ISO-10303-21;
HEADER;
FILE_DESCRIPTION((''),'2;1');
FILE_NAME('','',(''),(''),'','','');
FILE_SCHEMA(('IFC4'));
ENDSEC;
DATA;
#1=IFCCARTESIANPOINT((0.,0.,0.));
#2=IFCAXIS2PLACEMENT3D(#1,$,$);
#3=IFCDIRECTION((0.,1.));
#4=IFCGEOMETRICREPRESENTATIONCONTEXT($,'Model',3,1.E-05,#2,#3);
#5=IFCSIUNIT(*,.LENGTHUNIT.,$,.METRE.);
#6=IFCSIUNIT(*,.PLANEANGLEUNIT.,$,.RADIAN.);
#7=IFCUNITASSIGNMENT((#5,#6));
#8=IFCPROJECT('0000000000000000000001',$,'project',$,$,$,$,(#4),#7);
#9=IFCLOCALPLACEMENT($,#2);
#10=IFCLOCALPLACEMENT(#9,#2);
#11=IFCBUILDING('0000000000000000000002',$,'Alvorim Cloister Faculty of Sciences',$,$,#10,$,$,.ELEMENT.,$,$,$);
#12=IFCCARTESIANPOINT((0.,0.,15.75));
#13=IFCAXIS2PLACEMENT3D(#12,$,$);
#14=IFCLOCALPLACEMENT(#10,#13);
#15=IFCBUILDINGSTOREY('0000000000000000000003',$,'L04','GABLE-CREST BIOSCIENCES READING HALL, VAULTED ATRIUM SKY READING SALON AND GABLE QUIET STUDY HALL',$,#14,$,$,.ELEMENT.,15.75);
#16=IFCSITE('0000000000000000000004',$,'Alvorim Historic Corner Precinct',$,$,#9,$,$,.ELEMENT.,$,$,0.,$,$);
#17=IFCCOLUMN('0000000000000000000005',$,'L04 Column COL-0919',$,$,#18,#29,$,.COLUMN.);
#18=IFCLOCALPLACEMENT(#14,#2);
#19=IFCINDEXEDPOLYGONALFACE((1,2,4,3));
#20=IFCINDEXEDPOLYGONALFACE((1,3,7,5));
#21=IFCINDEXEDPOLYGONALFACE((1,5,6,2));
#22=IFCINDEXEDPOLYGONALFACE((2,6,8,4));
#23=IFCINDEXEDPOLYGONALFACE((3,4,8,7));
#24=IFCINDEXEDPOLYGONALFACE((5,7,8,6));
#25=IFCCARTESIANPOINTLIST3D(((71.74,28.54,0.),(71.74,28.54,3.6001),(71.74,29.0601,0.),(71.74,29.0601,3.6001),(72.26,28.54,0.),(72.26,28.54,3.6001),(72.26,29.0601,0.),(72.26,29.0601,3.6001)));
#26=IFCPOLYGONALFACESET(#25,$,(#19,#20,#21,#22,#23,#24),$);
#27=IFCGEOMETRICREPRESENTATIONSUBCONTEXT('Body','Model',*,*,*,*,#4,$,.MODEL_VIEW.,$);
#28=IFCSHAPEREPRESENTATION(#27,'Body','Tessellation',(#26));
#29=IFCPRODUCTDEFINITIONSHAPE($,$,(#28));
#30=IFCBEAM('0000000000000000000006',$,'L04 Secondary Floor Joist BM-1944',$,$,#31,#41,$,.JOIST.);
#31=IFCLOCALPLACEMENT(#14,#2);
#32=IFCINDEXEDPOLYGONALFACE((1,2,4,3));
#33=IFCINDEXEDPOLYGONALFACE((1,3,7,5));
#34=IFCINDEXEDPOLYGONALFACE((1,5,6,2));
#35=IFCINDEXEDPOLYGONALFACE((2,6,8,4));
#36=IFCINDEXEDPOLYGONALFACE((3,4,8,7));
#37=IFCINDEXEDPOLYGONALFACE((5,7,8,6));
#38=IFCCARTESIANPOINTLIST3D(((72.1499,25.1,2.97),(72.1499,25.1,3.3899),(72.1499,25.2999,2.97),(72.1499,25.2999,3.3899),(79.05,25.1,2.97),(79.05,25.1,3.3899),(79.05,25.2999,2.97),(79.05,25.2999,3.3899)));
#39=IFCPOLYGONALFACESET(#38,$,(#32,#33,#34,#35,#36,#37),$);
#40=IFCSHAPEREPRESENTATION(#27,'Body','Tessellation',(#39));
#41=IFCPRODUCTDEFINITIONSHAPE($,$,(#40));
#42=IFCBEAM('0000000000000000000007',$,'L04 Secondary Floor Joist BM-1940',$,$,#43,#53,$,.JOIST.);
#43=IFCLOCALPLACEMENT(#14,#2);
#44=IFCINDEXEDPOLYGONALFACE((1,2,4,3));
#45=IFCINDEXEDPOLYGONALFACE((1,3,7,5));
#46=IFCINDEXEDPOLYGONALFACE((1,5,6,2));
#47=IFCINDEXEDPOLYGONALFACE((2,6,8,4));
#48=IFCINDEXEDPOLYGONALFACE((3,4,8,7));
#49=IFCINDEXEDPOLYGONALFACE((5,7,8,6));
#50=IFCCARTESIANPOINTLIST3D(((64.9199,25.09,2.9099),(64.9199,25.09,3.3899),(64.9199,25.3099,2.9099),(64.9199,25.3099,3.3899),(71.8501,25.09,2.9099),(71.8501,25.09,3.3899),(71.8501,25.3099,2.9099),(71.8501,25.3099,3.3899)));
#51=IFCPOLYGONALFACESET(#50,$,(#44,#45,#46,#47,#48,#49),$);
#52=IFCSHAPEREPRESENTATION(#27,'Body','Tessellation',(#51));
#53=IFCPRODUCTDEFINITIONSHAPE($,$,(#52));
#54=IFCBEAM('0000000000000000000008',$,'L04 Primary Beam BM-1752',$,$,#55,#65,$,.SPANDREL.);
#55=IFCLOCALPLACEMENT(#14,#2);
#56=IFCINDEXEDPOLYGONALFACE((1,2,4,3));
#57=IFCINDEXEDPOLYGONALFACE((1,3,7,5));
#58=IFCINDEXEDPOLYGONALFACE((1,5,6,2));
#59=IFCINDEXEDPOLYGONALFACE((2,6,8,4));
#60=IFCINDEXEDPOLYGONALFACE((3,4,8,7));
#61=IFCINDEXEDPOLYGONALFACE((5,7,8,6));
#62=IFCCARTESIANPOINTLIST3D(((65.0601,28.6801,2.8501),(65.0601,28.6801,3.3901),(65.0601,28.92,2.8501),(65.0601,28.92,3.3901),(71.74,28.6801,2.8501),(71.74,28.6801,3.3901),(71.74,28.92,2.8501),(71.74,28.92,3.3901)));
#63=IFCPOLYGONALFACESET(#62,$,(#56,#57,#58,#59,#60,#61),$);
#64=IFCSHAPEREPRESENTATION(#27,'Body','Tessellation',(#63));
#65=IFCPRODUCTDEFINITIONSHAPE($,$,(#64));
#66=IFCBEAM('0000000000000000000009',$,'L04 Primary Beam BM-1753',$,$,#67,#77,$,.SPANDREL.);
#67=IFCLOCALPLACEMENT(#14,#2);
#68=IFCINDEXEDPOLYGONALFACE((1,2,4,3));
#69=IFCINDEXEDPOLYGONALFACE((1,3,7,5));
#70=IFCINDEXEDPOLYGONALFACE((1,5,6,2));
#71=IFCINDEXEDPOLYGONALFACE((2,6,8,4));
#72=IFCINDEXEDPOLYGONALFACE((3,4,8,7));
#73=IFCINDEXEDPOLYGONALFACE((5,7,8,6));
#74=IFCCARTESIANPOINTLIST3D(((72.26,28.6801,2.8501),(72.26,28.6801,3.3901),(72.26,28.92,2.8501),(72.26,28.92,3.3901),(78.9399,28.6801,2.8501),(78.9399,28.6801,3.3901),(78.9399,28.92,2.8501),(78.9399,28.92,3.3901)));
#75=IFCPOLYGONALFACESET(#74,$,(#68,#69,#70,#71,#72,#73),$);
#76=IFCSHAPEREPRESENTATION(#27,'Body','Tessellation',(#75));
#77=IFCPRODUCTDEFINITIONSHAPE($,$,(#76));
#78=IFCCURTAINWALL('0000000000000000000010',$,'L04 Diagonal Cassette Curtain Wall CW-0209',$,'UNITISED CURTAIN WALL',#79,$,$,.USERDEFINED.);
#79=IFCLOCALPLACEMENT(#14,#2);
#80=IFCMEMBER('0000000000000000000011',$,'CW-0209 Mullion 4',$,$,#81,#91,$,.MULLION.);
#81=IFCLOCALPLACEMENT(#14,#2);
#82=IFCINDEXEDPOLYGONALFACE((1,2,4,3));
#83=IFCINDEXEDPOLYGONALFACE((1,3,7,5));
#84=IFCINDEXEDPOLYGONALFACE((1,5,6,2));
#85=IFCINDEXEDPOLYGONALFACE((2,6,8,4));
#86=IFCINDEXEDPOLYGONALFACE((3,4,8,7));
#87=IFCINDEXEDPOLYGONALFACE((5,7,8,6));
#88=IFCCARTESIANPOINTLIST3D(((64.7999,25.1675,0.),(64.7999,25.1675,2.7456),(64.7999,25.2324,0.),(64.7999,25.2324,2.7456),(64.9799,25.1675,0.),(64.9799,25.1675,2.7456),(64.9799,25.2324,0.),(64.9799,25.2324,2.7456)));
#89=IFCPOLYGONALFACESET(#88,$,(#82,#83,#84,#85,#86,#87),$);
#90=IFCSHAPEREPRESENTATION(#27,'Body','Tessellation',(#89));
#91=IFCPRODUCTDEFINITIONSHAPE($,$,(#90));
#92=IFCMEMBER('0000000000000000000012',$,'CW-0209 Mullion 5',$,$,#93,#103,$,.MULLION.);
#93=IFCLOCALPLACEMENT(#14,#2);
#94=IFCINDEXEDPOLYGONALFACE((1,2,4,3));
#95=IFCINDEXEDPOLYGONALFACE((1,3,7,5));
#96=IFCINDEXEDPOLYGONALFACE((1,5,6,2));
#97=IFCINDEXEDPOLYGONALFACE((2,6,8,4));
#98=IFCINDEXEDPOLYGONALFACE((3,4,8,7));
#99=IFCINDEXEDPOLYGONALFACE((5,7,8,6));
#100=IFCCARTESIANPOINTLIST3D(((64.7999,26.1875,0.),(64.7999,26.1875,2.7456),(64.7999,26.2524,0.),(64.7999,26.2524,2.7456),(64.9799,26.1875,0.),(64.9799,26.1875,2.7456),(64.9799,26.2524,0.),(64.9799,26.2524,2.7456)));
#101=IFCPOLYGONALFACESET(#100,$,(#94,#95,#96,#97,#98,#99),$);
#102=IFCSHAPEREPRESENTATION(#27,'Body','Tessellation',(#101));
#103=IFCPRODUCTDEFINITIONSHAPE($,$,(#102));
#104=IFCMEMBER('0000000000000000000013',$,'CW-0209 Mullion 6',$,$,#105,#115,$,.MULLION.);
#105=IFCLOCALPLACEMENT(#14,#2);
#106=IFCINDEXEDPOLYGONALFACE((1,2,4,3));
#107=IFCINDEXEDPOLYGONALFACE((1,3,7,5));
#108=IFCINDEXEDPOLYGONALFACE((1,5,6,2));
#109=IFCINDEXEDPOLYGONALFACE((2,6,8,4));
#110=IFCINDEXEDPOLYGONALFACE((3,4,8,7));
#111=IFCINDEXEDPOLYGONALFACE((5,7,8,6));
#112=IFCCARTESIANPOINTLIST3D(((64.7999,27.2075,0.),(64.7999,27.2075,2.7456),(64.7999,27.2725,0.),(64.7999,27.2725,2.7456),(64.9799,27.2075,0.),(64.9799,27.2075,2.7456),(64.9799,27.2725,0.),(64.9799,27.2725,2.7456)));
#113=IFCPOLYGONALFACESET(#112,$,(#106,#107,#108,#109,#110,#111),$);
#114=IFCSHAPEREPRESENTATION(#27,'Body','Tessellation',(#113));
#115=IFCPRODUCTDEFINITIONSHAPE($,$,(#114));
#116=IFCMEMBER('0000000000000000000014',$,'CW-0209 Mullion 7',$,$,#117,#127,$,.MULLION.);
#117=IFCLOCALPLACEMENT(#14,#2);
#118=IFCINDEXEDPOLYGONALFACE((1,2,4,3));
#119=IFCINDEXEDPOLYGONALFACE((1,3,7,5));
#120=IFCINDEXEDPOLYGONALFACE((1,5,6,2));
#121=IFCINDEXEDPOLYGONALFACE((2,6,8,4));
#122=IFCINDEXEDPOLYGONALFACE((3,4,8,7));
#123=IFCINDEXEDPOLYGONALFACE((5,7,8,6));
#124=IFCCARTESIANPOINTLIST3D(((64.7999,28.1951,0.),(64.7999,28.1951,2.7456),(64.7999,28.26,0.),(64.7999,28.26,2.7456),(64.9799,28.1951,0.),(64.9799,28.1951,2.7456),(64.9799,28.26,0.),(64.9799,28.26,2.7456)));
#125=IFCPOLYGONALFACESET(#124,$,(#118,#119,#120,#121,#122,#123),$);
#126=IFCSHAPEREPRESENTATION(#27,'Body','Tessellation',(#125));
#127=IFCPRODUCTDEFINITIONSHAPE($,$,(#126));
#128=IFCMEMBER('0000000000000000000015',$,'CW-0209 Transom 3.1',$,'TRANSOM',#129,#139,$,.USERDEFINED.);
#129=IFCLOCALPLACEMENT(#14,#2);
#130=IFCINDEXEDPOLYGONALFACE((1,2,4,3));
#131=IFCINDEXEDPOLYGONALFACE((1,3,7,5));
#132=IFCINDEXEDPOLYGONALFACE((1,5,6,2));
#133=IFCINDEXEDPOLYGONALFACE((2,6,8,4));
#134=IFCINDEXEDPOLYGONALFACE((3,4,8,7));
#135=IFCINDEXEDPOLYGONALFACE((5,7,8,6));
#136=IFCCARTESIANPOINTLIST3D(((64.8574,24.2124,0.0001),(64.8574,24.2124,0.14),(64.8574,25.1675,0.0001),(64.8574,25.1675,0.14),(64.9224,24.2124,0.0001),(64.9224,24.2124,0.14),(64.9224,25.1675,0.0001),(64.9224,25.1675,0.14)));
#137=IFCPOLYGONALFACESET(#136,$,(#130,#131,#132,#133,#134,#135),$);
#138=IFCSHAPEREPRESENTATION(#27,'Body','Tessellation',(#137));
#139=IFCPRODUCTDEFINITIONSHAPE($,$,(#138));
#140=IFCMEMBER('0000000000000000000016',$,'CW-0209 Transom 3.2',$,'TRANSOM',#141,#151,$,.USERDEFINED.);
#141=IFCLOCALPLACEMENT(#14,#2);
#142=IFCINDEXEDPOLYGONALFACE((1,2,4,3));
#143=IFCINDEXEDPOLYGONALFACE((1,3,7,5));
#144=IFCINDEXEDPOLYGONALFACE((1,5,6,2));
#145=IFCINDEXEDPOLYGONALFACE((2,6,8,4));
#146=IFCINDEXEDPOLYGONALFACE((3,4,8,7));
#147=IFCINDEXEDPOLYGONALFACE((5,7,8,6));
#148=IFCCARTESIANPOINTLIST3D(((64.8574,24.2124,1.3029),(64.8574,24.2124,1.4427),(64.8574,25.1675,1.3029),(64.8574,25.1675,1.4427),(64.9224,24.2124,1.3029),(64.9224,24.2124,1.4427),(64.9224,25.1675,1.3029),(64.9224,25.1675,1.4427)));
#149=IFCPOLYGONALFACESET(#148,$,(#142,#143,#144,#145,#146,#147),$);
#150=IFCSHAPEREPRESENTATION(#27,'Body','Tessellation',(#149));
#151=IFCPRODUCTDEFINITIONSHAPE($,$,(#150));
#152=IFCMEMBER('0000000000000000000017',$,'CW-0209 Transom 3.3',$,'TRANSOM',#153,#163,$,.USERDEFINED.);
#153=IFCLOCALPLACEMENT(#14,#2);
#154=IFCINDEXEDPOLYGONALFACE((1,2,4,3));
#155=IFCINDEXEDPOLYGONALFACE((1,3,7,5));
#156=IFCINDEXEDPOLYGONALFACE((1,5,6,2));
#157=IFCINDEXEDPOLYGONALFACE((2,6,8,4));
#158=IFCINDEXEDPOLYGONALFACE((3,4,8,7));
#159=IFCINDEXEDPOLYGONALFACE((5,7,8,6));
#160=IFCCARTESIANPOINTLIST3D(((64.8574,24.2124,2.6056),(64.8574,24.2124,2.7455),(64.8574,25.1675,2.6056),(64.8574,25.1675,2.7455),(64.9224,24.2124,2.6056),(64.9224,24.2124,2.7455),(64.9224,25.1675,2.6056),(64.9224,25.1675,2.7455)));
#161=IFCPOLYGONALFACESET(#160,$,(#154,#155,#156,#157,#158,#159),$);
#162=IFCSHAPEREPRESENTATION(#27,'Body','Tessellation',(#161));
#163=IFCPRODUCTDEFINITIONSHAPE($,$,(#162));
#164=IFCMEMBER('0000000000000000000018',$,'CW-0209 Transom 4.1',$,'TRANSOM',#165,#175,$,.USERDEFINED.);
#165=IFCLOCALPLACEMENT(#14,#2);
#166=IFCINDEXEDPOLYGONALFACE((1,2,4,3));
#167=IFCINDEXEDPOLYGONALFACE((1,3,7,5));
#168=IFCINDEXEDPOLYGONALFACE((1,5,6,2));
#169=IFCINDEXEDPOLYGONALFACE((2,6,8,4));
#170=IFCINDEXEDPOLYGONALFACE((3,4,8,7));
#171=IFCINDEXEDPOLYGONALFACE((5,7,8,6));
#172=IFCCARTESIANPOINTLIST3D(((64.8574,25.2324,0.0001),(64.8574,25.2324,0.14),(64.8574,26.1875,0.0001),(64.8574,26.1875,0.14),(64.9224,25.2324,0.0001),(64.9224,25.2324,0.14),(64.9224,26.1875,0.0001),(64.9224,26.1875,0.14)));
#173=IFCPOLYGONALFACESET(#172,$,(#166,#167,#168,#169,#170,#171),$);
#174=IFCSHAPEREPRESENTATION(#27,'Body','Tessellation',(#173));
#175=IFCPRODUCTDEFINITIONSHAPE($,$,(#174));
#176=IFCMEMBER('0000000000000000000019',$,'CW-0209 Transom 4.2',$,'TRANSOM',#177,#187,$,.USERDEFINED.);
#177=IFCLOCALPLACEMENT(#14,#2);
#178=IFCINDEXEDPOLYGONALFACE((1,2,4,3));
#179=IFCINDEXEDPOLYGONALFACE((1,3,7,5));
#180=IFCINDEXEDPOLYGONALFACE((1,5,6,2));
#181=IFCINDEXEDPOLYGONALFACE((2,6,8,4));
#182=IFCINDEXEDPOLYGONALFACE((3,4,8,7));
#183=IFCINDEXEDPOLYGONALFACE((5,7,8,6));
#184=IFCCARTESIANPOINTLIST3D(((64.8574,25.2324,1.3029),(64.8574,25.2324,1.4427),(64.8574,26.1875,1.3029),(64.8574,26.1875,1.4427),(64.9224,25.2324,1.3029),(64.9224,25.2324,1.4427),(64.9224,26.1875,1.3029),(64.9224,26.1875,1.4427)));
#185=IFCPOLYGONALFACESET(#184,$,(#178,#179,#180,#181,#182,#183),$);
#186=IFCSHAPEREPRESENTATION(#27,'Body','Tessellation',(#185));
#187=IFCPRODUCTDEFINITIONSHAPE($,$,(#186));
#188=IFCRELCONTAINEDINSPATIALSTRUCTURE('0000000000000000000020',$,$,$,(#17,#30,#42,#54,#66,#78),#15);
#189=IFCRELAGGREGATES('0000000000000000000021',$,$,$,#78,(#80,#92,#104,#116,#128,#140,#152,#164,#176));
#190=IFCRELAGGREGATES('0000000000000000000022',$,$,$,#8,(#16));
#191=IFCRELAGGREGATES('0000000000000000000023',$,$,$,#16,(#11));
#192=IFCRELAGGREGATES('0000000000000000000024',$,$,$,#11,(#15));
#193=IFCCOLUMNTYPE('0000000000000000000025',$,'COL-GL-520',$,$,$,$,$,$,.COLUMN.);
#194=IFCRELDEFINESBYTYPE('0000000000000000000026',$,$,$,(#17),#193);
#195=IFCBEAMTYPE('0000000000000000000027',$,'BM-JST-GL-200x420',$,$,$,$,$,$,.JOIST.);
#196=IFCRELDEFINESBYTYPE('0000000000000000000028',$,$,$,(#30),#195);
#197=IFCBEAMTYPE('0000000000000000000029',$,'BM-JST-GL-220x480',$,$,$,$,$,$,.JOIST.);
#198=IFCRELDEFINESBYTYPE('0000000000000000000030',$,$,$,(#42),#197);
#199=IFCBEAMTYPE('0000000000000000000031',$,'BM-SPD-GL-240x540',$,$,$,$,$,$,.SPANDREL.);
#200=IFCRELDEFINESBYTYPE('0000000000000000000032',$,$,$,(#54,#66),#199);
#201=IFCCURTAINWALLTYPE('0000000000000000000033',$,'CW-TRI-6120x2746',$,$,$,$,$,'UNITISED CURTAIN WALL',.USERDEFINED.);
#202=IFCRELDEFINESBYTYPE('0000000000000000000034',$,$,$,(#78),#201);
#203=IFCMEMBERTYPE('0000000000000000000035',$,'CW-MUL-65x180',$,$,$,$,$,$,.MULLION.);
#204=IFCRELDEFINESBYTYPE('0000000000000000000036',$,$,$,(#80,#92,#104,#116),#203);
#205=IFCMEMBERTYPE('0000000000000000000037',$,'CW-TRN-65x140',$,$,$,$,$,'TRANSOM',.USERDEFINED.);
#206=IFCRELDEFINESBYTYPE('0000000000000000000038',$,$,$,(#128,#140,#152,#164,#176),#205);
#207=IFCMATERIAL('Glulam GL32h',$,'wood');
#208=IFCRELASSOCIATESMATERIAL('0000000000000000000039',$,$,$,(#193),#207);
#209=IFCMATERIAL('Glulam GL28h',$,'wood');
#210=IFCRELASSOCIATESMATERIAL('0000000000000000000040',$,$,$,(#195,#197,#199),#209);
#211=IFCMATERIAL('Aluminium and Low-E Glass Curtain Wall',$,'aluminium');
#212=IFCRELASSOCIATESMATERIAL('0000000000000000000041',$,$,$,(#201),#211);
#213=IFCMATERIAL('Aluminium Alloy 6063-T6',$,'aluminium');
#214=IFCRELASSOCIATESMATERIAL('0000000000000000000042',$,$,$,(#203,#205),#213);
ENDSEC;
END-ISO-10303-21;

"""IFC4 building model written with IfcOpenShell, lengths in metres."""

from ifc_helpers import new_model, si_unit, direction, frame, origin, origin_2d, place, context, subcontext, project, spatial, rectangle, extrude, material, material_profile, profile_set, type_object, element, aggregate, save


model = new_model("IFC4")

# Units and contexts
model_context = context("Model", 3, precision=1e-05, world=origin(), true_north=direction((0.0, 1.0)))
body_context = subcontext(model_context, "Body", "Model", "MODEL_VIEW")
ifc_project = project(units=[si_unit("LENGTHUNIT", "METRE"), si_unit("PLANEANGLEUNIT", "RADIAN")], contexts=[model_context])

# Site, building, storey
site_placement = place(None, origin())
site = spatial("IfcSite", under=ifc_project, at=site_placement, Name="Alvorim Historic Corner Precinct", CompositionType="ELEMENT", RefElevation=0.0)
building_placement = place(site_placement, origin())
building = spatial("IfcBuilding", under=site, at=building_placement, Name="Alvorim Cloister Faculty of Sciences", CompositionType="ELEMENT")
storey_placement = place(building_placement, frame((0.0, 0.0, 15.75)))
storey = spatial("IfcBuildingStorey", under=building, at=storey_placement, Name="L04", Description="GABLE-CREST BIOSCIENCES READING HALL, VAULTED ATRIUM SKY READING SALON AND GABLE QUIET STUDY HALL", CompositionType="ELEMENT", Elevation=15.75)

# Column
ifc_material_1 = material(Name="Glulam GL32h", Category="wood")
ifc_material_profile_1 = material_profile(ifc_material_1, rectangle(XDim=0.52, YDim=0.52, at=origin_2d()), Name="GL32-COL-520x520")
ifc_profile_set_1 = profile_set([ifc_material_profile_1], Name="Glulam GL32h")
column_type = type_object("IfcColumnType", Name="COL-GL-520", PredefinedType="COLUMN", material=ifc_profile_set_1)
column_placement = place(storey_placement, frame((72.0, 28.8, 0.0), z_axis=(0.0, 0.0, 1.0), x_axis=(1.0, 0.0, 0.0)))
element("IfcColumn", 1, at=column_placement, inside=storey, type_object=column_type, Name="L04 Column COL-0919", PredefinedType="COLUMN", context=body_context, shape_type="SweptSolid", body=[
    extrude(rectangle(XDim=0.52, YDim=0.52, at=origin_2d()), origin(), (0.0, 0.0, 1.0), 3.6001),
])

# Beams
ifc_material_2 = material(Name="Glulam GL28h", Category="wood")
ifc_material_profile_2 = material_profile(ifc_material_2, rectangle(XDim=0.2, YDim=0.4199, at=origin_2d()), Name="GL28-JST-200x420")
ifc_profile_set_2 = profile_set([ifc_material_profile_2], Name="Glulam GL28h")
beam_type_1 = type_object("IfcBeamType", Name="BM-JST-GL-200x420", PredefinedType="JOIST", material=ifc_profile_set_2)
beam_1_placement = place(storey_placement, frame((72.1499, 25.2, 3.1799), z_axis=(1.0, 0.0, 0.0), x_axis=(0.0, 1.0, 0.0)))
element("IfcBeam", 2, at=beam_1_placement, inside=storey, type_object=beam_type_1, Name="L04 Secondary Floor Joist BM-1944", PredefinedType="JOIST", context=body_context, shape_type="SweptSolid", body=[
    extrude(rectangle(XDim=0.2, YDim=0.4199, at=origin_2d()), origin(), (0.0, 0.0, 1.0), 6.9001),
])
ifc_material_profile_3 = material_profile(ifc_material_2, rectangle(XDim=0.22, YDim=0.48, at=origin_2d()), Name="GL28-JST-220x480")
ifc_profile_set_3 = profile_set([ifc_material_profile_3], Name="Glulam GL28h")
beam_type_2 = type_object("IfcBeamType", Name="BM-JST-GL-220x480", PredefinedType="JOIST", material=ifc_profile_set_3)
beam_2_placement = place(storey_placement, frame((64.9199, 25.2, 3.1499), z_axis=(1.0, 0.0, 0.0), x_axis=(0.0, 1.0, 0.0)))
element("IfcBeam", 3, at=beam_2_placement, inside=storey, type_object=beam_type_2, Name="L04 Secondary Floor Joist BM-1940", PredefinedType="JOIST", context=body_context, shape_type="SweptSolid", body=[
    extrude(rectangle(XDim=0.22, YDim=0.48, at=origin_2d()), origin(), (0.0, 0.0, 1.0), 6.9302),
])
ifc_material_profile_4 = material_profile(ifc_material_2, rectangle(XDim=0.24, YDim=0.54, at=origin_2d()), Name="GL28-SPD-240x540")
ifc_profile_set_4 = profile_set([ifc_material_profile_4], Name="Glulam GL28h")
beam_type_3 = type_object("IfcBeamType", Name="BM-SPD-GL-240x540", PredefinedType="SPANDREL", material=ifc_profile_set_4)
for number, where, z_axis, x_axis, name in (
    (4, (65.0601, 28.8, 3.1201), (1.0, 0.0, 0.0), (0.0, 1.0, 0.0), "L04 Primary Beam BM-1752"),
    (5, (72.26, 28.8, 3.1201), (1.0, 0.0, 0.0), (0.0, 1.0, 0.0), "L04 Primary Beam BM-1753"),
):
    element("IfcBeam", number, at=place(storey_placement, frame(where, z_axis=z_axis, x_axis=x_axis)), inside=storey, type_object=beam_type_3, Name=name, PredefinedType="SPANDREL", context=body_context, shape_type="SweptSolid", body=[
        extrude(rectangle(XDim=0.24, YDim=0.54, at=origin_2d()), origin(), (0.0, 0.0, 1.0), 6.6799),
    ])

# Curtain wall, members
ifc_material_3 = material(Name="Aluminium and Low-E Glass Curtain Wall", Category="aluminium")
curtain_wall_type = type_object("IfcCurtainWallType", Name="CW-TRI-6120x2746", ElementType="UNITISED CURTAIN WALL", PredefinedType="USERDEFINED", material=ifc_material_3)
curtain_wall_placement = place(storey_placement, origin())
curtain_wall = element("IfcCurtainWall", 6, at=curtain_wall_placement, inside=storey, type_object=curtain_wall_type, Name="L04 Diagonal Cassette Curtain Wall CW-0209", ObjectType="UNITISED CURTAIN WALL", PredefinedType="USERDEFINED")
ifc_material_4 = material(Name="Aluminium Alloy 6063-T6", Category="aluminium")
ifc_material_profile_5 = material_profile(ifc_material_4, rectangle(XDim=0.0649, YDim=0.1799, at=origin_2d()), Name="ALU-MUL-65x180")
ifc_profile_set_5 = profile_set([ifc_material_profile_5], Name="Aluminium Alloy 6063-T6")
member_type_1 = type_object("IfcMemberType", Name="CW-MUL-65x180", PredefinedType="MULLION", material=ifc_profile_set_5)
member_1_placement = place(storey_placement, frame((64.8899, 25.2, 0.0), z_axis=(0.0, 0.0, 1.0), x_axis=(0.0, 1.0, 0.0)))
member_1 = element("IfcMember", 7, at=member_1_placement, type_object=member_type_1, Name="CW-0209 Mullion 4", PredefinedType="MULLION", context=body_context, shape_type="SweptSolid", body=[
    extrude(rectangle(XDim=0.0649, YDim=0.1799, at=origin_2d()), origin(), (0.0, 0.0, 1.0), 2.7456),
])
member_2_placement = place(storey_placement, frame((64.8899, 26.22, 0.0), z_axis=(0.0, 0.0, 1.0), x_axis=(0.0, 1.0, 0.0)))
member_2 = element("IfcMember", 8, at=member_2_placement, type_object=member_type_1, Name="CW-0209 Mullion 5", PredefinedType="MULLION", context=body_context, shape_type="SweptSolid", body=[
    extrude(rectangle(XDim=0.0649, YDim=0.1799, at=origin_2d()), origin(), (0.0, 0.0, 1.0), 2.7456),
])
member_3_placement = place(storey_placement, frame((64.8899, 27.24, 0.0), z_axis=(0.0, 0.0, 1.0), x_axis=(0.0, 1.0, 0.0)))
member_3 = element("IfcMember", 9, at=member_3_placement, type_object=member_type_1, Name="CW-0209 Mullion 6", PredefinedType="MULLION", context=body_context, shape_type="SweptSolid", body=[
    extrude(rectangle(XDim=0.0649, YDim=0.1799, at=origin_2d()), origin(), (0.0, 0.0, 1.0), 2.7456),
])
member_4_placement = place(storey_placement, frame((64.8899, 28.2275, 0.0), z_axis=(0.0, 0.0, 1.0), x_axis=(0.0, 1.0, 0.0)))
member_4 = element("IfcMember", 10, at=member_4_placement, type_object=member_type_1, Name="CW-0209 Mullion 7", PredefinedType="MULLION", context=body_context, shape_type="SweptSolid", body=[
    extrude(rectangle(XDim=0.0649, YDim=0.1799, at=origin_2d()), origin(), (0.0, 0.0, 1.0), 2.7456),
])
ifc_material_profile_6 = material_profile(ifc_material_4, rectangle(XDim=0.0649, YDim=0.1399, at=origin_2d()), Name="ALU-TRN-65x140")
ifc_profile_set_6 = profile_set([ifc_material_profile_6], Name="Aluminium Alloy 6063-T6")
member_type_2 = type_object("IfcMemberType", Name="CW-TRN-65x140", ElementType="TRANSOM", PredefinedType="USERDEFINED", material=ifc_profile_set_6)
member_5_placement = place(storey_placement, frame((64.8899, 24.2124, 0.0701), z_axis=(0.0, 1.0, 0.0), x_axis=(-1.0, 0.0, 0.0)))
member_5 = element("IfcMember", 11, at=member_5_placement, type_object=member_type_2, Name="CW-0209 Transom 3.1", ObjectType="TRANSOM", PredefinedType="USERDEFINED", context=body_context, shape_type="SweptSolid", body=[
    extrude(rectangle(XDim=0.0649, YDim=0.1399, at=origin_2d()), origin(), (0.0, 0.0, 1.0), 0.9551),
])
member_6_placement = place(storey_placement, frame((64.8899, 24.2124, 1.3728), z_axis=(0.0, 1.0, 0.0), x_axis=(-1.0, 0.0, 0.0)))
member_6 = element("IfcMember", 12, at=member_6_placement, type_object=member_type_2, Name="CW-0209 Transom 3.2", ObjectType="TRANSOM", PredefinedType="USERDEFINED", context=body_context, shape_type="SweptSolid", body=[
    extrude(rectangle(XDim=0.0649, YDim=0.1399, at=origin_2d()), origin(), (0.0, 0.0, 1.0), 0.9551),
])
member_7_placement = place(storey_placement, frame((64.8899, 24.2124, 2.6755), z_axis=(0.0, 1.0, 0.0), x_axis=(-1.0, 0.0, 0.0)))
member_7 = element("IfcMember", 13, at=member_7_placement, type_object=member_type_2, Name="CW-0209 Transom 3.3", ObjectType="TRANSOM", PredefinedType="USERDEFINED", context=body_context, shape_type="SweptSolid", body=[
    extrude(rectangle(XDim=0.0649, YDim=0.1399, at=origin_2d()), origin(), (0.0, 0.0, 1.0), 0.9551),
])
member_8_placement = place(storey_placement, frame((64.8899, 25.2324, 0.0701), z_axis=(0.0, 1.0, 0.0), x_axis=(-1.0, 0.0, 0.0)))
member_8 = element("IfcMember", 14, at=member_8_placement, type_object=member_type_2, Name="CW-0209 Transom 4.1", ObjectType="TRANSOM", PredefinedType="USERDEFINED", context=body_context, shape_type="SweptSolid", body=[
    extrude(rectangle(XDim=0.0649, YDim=0.1399, at=origin_2d()), origin(), (0.0, 0.0, 1.0), 0.9551),
])
member_9_placement = place(storey_placement, frame((64.8899, 25.2324, 1.3728), z_axis=(0.0, 1.0, 0.0), x_axis=(-1.0, 0.0, 0.0)))
member_9 = element("IfcMember", 15, at=member_9_placement, type_object=member_type_2, Name="CW-0209 Transom 4.2", ObjectType="TRANSOM", PredefinedType="USERDEFINED", context=body_context, shape_type="SweptSolid", body=[
    extrude(rectangle(XDim=0.0649, YDim=0.1399, at=origin_2d()), origin(), (0.0, 0.0, 1.0), 0.9551),
])
aggregate(curtain_wall, [member_1, member_2, member_3, member_4, member_5, member_6, member_7, member_8, member_9])

save(model, "model.ifc")
